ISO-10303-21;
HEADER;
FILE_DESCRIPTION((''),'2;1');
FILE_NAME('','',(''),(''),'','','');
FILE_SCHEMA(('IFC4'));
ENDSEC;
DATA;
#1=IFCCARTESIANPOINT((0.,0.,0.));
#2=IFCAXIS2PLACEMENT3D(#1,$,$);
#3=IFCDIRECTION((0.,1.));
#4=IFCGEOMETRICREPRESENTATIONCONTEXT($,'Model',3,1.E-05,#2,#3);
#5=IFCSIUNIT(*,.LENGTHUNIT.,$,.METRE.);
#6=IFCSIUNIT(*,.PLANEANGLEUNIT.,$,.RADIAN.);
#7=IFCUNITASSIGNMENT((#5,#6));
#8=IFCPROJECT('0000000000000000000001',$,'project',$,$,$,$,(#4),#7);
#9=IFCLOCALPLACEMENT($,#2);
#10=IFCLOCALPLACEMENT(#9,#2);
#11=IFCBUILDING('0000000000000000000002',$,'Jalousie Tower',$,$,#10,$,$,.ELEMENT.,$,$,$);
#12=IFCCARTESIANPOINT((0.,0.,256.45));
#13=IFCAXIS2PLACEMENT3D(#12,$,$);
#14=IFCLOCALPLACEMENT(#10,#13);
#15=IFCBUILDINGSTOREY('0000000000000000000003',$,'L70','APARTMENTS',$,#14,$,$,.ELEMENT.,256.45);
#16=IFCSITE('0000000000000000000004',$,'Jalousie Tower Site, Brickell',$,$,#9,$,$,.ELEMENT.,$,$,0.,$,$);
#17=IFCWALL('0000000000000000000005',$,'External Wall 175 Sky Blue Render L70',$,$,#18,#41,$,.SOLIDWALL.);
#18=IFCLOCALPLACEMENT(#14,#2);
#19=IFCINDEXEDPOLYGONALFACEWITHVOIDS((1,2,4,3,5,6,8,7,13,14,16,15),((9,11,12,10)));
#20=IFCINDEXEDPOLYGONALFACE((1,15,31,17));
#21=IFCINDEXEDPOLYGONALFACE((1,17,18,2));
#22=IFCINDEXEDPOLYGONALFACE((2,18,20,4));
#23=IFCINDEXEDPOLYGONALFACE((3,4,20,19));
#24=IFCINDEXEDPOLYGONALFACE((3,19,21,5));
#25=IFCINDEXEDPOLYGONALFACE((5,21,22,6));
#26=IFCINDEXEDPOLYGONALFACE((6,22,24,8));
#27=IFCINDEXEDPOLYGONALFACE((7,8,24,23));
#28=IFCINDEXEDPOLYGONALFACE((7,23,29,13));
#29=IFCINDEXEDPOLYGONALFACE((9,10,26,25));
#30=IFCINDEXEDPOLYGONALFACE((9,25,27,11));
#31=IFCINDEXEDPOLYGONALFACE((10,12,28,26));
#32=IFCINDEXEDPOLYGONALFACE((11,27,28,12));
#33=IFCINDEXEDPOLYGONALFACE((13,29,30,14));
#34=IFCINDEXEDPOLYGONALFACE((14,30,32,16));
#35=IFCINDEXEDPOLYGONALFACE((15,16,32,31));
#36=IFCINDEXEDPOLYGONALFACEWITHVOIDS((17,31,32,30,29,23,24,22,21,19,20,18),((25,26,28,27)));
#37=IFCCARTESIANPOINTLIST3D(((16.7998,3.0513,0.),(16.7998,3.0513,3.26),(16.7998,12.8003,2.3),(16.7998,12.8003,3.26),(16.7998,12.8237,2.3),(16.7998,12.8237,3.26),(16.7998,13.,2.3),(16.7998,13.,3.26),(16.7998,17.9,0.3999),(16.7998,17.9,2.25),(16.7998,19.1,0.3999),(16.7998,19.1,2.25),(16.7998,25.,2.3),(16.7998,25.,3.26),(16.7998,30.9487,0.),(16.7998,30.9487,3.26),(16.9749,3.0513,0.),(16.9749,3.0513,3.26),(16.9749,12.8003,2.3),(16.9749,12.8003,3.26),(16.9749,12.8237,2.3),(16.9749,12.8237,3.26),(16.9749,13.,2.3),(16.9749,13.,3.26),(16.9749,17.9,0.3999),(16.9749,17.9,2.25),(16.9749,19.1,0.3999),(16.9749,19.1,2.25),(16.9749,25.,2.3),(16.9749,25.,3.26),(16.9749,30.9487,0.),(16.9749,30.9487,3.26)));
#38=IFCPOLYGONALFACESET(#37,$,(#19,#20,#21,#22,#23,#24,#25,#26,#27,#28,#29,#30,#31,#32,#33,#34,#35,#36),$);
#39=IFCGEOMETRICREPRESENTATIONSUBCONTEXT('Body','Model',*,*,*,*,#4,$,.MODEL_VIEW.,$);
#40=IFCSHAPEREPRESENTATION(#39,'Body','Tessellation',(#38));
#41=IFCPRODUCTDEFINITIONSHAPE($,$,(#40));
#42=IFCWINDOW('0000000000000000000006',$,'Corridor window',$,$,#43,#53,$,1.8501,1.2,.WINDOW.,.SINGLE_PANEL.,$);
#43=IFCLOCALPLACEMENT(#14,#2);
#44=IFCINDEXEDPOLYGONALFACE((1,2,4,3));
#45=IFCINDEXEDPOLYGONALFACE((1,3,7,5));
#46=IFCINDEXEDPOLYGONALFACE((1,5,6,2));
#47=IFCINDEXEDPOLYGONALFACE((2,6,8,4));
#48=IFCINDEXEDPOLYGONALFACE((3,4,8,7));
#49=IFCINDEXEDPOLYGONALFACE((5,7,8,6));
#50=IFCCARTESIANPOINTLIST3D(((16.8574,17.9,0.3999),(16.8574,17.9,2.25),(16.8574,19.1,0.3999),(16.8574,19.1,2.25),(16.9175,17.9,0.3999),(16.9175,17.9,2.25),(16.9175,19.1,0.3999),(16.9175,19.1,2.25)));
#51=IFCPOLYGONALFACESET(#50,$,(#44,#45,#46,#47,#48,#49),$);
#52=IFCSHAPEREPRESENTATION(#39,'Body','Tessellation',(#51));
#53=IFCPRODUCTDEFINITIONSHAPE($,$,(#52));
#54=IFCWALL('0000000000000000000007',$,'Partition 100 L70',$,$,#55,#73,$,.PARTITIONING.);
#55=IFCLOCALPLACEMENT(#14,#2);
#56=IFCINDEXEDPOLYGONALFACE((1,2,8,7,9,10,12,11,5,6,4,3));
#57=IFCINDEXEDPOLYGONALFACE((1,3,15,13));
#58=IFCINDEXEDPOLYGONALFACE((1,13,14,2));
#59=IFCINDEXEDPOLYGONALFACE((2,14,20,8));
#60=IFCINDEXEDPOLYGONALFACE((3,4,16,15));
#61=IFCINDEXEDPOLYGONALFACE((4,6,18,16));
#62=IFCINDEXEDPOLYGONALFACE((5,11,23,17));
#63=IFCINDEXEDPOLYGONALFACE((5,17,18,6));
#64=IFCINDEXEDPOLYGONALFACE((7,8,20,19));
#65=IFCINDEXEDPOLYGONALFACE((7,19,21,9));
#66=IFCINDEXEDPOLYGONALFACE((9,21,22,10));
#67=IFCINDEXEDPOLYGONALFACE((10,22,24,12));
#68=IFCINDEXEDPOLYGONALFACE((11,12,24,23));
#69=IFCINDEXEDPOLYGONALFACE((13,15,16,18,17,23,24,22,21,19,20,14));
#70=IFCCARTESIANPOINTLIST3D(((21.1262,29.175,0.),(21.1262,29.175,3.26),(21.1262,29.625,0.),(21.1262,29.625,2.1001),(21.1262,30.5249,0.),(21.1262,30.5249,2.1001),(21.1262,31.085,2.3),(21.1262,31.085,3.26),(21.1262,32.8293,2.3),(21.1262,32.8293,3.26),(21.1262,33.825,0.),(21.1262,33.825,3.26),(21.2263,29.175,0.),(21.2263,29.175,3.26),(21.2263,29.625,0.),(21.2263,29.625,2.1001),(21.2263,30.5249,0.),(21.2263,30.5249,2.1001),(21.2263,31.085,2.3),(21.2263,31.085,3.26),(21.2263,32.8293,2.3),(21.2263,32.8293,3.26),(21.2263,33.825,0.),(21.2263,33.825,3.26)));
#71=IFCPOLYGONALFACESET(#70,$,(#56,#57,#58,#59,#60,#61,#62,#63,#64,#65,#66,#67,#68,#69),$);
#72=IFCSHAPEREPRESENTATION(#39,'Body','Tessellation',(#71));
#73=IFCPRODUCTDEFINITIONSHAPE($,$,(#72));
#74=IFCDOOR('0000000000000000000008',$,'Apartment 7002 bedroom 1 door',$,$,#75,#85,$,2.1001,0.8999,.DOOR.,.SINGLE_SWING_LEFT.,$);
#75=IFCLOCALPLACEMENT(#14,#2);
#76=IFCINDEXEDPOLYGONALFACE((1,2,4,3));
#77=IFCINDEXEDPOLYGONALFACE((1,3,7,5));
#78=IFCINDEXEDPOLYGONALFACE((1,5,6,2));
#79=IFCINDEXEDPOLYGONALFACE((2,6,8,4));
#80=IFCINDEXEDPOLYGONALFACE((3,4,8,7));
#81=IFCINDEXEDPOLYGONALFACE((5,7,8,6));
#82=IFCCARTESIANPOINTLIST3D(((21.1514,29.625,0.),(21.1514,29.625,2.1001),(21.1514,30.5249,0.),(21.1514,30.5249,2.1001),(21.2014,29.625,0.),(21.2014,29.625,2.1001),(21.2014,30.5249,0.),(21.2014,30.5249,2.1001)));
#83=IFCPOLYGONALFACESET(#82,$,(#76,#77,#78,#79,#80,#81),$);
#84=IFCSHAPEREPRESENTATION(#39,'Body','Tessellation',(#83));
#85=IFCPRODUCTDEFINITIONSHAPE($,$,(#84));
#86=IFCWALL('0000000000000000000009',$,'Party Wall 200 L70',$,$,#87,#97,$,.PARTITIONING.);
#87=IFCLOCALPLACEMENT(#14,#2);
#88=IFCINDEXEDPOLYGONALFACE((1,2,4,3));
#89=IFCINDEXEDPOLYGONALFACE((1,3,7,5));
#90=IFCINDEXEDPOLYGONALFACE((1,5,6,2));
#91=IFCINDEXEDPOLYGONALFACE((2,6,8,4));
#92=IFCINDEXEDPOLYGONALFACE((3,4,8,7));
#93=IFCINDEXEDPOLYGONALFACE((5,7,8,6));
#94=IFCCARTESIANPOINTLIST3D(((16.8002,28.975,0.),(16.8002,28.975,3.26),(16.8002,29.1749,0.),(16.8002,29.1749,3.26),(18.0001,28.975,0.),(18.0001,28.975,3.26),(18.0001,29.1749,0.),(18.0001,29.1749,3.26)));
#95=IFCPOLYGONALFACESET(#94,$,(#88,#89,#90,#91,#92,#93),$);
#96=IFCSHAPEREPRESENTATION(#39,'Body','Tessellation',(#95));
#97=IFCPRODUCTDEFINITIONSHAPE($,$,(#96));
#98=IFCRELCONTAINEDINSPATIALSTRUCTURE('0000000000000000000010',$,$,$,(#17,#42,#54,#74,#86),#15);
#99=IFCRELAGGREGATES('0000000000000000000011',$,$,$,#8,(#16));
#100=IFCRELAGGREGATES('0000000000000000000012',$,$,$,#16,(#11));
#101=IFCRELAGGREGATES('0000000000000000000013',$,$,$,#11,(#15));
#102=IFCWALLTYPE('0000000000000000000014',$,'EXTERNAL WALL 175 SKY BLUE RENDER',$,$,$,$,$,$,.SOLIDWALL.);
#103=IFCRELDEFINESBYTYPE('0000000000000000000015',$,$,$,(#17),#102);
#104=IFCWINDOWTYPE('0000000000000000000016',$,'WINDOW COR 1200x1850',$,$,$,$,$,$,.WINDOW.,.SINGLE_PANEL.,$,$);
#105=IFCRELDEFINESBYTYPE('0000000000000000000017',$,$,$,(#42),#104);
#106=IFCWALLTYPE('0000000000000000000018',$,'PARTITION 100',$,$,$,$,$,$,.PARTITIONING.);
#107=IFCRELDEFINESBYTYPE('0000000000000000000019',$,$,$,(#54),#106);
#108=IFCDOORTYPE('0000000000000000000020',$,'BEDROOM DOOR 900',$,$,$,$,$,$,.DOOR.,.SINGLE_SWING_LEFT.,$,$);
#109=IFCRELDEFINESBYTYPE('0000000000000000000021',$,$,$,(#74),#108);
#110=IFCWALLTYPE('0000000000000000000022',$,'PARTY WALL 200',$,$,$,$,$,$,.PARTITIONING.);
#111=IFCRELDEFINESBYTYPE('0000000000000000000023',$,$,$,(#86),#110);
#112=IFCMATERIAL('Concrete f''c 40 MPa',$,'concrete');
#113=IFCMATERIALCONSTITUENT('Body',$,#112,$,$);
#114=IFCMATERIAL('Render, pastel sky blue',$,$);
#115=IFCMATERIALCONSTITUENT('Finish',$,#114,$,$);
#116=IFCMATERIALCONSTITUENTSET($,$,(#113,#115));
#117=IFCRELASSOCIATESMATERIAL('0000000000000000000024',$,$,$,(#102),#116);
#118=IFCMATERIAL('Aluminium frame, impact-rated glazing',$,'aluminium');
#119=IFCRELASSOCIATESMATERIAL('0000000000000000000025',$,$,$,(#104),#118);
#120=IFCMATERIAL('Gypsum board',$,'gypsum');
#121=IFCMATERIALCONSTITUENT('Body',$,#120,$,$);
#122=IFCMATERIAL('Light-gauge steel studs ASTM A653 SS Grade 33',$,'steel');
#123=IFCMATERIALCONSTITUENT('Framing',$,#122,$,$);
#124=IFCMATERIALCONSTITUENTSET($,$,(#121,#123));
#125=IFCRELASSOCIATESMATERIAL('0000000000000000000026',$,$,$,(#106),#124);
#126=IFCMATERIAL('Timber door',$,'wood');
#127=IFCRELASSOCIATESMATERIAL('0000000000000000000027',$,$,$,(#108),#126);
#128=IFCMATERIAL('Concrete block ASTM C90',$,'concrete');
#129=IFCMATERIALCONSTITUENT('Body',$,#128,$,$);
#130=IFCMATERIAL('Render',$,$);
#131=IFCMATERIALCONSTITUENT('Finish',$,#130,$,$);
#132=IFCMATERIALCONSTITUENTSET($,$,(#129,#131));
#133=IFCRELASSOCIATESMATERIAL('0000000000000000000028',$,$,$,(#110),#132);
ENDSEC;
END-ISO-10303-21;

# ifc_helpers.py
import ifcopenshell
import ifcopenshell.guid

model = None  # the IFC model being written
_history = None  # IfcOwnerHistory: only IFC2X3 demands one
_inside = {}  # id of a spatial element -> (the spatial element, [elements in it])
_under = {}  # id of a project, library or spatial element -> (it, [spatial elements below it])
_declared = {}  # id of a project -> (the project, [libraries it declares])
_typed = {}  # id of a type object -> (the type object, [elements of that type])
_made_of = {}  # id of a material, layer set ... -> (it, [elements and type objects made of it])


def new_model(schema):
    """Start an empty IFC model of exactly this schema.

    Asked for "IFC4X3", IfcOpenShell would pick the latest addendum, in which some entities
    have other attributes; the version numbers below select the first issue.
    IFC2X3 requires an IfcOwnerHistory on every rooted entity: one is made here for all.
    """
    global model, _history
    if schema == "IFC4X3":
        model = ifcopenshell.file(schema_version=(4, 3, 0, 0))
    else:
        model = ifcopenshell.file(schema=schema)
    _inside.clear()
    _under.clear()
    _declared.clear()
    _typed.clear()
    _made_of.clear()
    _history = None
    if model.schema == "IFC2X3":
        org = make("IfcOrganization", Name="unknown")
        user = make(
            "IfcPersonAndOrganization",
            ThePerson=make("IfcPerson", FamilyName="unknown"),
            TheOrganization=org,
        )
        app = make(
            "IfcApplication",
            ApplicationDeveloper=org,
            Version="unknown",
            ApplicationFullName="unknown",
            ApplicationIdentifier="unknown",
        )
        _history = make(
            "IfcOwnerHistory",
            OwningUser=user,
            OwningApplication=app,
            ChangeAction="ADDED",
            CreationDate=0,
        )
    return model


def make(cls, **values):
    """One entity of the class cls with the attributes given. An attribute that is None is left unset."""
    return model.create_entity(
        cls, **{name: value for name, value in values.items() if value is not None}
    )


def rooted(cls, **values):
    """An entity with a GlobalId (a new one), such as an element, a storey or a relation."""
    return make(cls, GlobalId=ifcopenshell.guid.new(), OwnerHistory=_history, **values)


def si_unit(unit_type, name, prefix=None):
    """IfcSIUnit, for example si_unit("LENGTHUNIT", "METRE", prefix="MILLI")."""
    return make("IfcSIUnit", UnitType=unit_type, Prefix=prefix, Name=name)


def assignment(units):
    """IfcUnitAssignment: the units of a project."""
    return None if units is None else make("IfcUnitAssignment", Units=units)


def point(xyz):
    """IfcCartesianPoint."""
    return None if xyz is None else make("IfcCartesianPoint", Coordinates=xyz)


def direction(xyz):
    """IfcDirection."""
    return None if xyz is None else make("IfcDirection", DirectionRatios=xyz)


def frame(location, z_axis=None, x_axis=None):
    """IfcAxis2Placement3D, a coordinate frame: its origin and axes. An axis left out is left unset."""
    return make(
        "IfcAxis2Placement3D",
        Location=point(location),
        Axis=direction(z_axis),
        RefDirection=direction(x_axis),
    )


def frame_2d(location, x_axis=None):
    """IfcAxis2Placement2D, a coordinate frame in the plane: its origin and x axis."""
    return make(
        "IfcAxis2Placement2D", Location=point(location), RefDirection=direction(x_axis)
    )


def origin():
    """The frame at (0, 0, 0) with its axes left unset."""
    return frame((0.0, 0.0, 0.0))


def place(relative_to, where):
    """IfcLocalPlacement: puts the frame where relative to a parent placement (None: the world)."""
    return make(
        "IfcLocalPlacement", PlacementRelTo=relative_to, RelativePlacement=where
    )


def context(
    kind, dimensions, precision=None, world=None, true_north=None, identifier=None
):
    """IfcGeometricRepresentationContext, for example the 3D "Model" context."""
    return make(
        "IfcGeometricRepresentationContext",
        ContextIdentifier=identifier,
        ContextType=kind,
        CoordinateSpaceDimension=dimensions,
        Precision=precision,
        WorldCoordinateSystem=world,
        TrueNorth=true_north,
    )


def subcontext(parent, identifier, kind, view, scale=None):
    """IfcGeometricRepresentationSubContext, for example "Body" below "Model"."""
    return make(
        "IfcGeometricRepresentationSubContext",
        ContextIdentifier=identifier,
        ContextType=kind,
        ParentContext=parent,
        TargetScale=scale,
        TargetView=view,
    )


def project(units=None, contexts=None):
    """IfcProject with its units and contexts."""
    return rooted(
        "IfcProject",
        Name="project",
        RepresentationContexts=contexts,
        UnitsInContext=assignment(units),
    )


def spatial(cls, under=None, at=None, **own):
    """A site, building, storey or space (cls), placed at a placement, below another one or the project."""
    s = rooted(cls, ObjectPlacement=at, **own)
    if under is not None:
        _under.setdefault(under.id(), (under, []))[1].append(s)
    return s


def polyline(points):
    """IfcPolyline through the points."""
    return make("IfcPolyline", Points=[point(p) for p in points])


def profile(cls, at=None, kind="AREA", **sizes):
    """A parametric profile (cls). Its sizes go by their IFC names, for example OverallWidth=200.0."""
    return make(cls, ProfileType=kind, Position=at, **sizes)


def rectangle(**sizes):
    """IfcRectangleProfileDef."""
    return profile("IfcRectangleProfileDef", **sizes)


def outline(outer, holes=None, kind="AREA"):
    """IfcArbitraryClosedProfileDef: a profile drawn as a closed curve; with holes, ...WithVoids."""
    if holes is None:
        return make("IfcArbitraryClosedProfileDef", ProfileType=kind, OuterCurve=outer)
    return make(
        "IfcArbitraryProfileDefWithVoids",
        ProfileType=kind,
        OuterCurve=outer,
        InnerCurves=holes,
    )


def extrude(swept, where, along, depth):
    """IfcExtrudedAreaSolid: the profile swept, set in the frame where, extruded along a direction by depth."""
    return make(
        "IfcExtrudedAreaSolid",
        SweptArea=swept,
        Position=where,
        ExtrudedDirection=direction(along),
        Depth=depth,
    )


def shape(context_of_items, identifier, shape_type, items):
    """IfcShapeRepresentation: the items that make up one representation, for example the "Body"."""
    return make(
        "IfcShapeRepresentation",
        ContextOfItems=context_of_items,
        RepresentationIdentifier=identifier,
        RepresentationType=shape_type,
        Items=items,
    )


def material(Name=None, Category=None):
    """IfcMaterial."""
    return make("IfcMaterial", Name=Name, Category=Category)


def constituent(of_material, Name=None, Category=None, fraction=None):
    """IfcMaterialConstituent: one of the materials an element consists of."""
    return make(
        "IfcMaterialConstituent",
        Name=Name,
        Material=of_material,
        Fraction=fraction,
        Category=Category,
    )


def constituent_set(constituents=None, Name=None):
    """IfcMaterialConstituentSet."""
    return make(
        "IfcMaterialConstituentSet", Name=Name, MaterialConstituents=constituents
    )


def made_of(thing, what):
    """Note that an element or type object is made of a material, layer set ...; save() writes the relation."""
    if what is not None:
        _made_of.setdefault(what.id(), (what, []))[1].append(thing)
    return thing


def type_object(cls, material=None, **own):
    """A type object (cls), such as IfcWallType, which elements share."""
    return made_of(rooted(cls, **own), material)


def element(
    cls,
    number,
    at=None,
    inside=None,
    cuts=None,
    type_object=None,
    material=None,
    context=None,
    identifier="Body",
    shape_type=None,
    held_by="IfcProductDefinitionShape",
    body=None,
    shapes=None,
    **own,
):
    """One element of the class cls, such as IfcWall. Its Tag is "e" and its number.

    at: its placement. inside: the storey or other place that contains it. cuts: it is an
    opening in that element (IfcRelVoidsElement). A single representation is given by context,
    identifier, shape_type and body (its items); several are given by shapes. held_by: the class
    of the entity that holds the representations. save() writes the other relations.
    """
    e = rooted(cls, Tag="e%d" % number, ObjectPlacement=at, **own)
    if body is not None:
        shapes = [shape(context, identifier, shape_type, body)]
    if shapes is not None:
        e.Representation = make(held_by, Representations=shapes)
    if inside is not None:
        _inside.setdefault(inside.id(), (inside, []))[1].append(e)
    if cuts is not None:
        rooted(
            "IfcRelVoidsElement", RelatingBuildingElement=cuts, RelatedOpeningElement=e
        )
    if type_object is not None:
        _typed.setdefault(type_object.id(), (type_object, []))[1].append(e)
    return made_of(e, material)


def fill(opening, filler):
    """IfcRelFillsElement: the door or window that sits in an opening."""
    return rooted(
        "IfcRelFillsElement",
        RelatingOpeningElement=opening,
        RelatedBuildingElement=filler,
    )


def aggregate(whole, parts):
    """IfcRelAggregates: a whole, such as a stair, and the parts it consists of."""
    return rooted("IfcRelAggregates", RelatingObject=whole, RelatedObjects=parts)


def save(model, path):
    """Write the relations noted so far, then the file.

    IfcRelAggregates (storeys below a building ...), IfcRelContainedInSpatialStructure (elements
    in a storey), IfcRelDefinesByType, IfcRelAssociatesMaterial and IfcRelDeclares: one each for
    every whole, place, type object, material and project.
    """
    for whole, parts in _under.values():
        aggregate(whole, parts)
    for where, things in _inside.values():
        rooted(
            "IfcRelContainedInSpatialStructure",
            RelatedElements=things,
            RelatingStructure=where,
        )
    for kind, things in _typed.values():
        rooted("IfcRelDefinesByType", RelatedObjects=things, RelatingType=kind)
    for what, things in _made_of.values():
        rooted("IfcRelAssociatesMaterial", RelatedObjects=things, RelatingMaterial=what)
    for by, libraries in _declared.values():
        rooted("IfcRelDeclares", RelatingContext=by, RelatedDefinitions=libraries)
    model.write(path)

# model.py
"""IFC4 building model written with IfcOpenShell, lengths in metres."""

from ifc_helpers import new_model, si_unit, direction, frame, frame_2d, origin, place, context, subcontext, project, spatial, polyline, rectangle, outline, extrude, material, constituent, constituent_set, type_object, element, fill, save


model = new_model("IFC4")

# Units and contexts
model_context = context("Model", 3, precision=1e-05, world=origin(), true_north=direction((0.0, 1.0)))
body_context = subcontext(model_context, "Body", "Model", "MODEL_VIEW")
ifc_project = project(units=[si_unit("LENGTHUNIT", "METRE"), si_unit("PLANEANGLEUNIT", "RADIAN")], contexts=[model_context])

# Site, building, storey
site_placement = place(None, origin())
site = spatial("IfcSite", under=ifc_project, at=site_placement, Name="Jalousie Tower Site, Brickell", CompositionType="ELEMENT", RefElevation=0.0)
building_placement = place(site_placement, origin())
building = spatial("IfcBuilding", under=site, at=building_placement, Name="Jalousie Tower", CompositionType="ELEMENT")
storey_placement = place(building_placement, frame((0.0, 0.0, 256.45)))
storey = spatial("IfcBuildingStorey", under=building, at=storey_placement, Name="L70", Description="APARTMENTS", CompositionType="ELEMENT", Elevation=256.45)

# Wall, opening, window
ifc_material_1 = material(Name="Concrete f'c 40 MPa", Category="concrete")
ifc_constituent_1 = constituent(ifc_material_1, Name="Body")
ifc_material_2 = material(Name="Render, pastel sky blue")
ifc_constituent_2 = constituent(ifc_material_2, Name="Finish")
ifc_constituent_set_1 = constituent_set(constituents=[ifc_constituent_1, ifc_constituent_2])
wall_type_1 = type_object("IfcWallType", Name="EXTERNAL WALL 175 SKY BLUE RENDER", PredefinedType="SOLIDWALL", material=ifc_constituent_set_1)
wall_1_placement = place(storey_placement, frame((16.8875, 30.9487, 0.0), z_axis=(0.0, 0.0, 1.0), x_axis=(0.0, -1.0, 0.0)))
wall_1 = element("IfcWall", 1, at=wall_1_placement, inside=storey, type_object=wall_type_1, Name="External Wall 175 Sky Blue Render L70", PredefinedType="SOLIDWALL", context=body_context, shape_type="SweptSolid", body=[
    extrude(outline(polyline([(0.0, 0.0), (27.8975, 0.0), (27.8975, 3.26), (18.1484, 3.26), (18.1484, 2.3), (18.125, 2.3), (18.125, 3.26), (17.9487, 3.26), (17.9487, 2.3), (5.9487, 2.3), (5.9487, 3.26), (0.0, 3.26), (0.0, 0.0)])), frame((0.0, 0.0874, 0.0), z_axis=(0.0, -1.0, 0.0), x_axis=(1.0, 0.0, 0.0)), (0.0, 0.0, 1.0), 0.175),
])
opening_1_placement = place(wall_1_placement, frame((11.8486, 0.0, 0.3999)))
opening_1 = element("IfcOpeningElement", 2, at=opening_1_placement, cuts=wall_1, PredefinedType="OPENING", context=body_context, shape_type="SweptSolid", body=[
    extrude(rectangle(XDim=1.2, YDim=1.8501, at=frame_2d((0.6001, 0.925))), frame((0.0, 0.0974, 0.0), z_axis=(0.0, -1.0, 0.0), x_axis=(1.0, 0.0, 0.0)), (0.0, 0.0, 1.0), 0.1951),
])
ifc_material_3 = material(Name="Aluminium frame, impact-rated glazing", Category="aluminium")
window_type = type_object("IfcWindowType", Name="WINDOW COR 1200x1850", PartitioningType="SINGLE_PANEL", PredefinedType="WINDOW", material=ifc_material_3)
window_placement = place(opening_1_placement, origin())
window = element("IfcWindow", 3, at=window_placement, inside=storey, type_object=window_type, Name="Corridor window", OverallHeight=1.8501, OverallWidth=1.2, PartitioningType="SINGLE_PANEL", PredefinedType="WINDOW", context=body_context, shape_type="SweptSolid", body=[
    extrude(rectangle(XDim=1.2, YDim=1.8501, at=frame_2d((0.6001, 0.925))), frame((0.0, 0.03, 0.0), z_axis=(0.0, -1.0, 0.0), x_axis=(1.0, 0.0, 0.0)), (0.0, 0.0, 1.0), 0.0601),
])
fill(opening_1, window)

# Wall, opening, door
ifc_material_4 = material(Name="Gypsum board", Category="gypsum")
ifc_constituent_3 = constituent(ifc_material_4, Name="Body")
ifc_material_5 = material(Name="Light-gauge steel studs ASTM A653 SS Grade 33", Category="steel")
ifc_constituent_4 = constituent(ifc_material_5, Name="Framing")
ifc_constituent_set_2 = constituent_set(constituents=[ifc_constituent_3, ifc_constituent_4])
wall_type_2 = type_object("IfcWallType", Name="PARTITION 100", PredefinedType="PARTITIONING", material=ifc_constituent_set_2)
wall_2_placement = place(storey_placement, frame((21.1763, 33.825, 0.0), z_axis=(0.0, 0.0, 1.0), x_axis=(0.0, -1.0, 0.0)))
wall_2 = element("IfcWall", 4, at=wall_2_placement, inside=storey, type_object=wall_type_2, Name="Partition 100 L70", PredefinedType="PARTITIONING", context=body_context, shape_type="SweptSolid", body=[
    extrude(outline(polyline([(0.0, 0.0), (4.6499, 0.0), (4.6499, 3.26), (2.74, 3.26), (2.74, 2.3), (0.9956, 2.3), (0.9956, 3.26), (0.0, 3.26), (0.0, 0.0)])), frame((0.0, 0.05, 0.0), z_axis=(0.0, -1.0, 0.0), x_axis=(1.0, 0.0, 0.0)), (0.0, 0.0, 1.0), 0.1001),
])
opening_2_placement = place(wall_2_placement, frame((3.3, 0.0, 0.0)))
opening_2 = element("IfcOpeningElement", 5, at=opening_2_placement, cuts=wall_2, PredefinedType="OPENING", context=body_context, shape_type="SweptSolid", body=[
    extrude(rectangle(XDim=0.8999, YDim=2.1001, at=frame_2d((0.45, 1.05))), frame((0.0, 0.0601, 0.0), z_axis=(0.0, -1.0, 0.0), x_axis=(1.0, 0.0, 0.0)), (0.0, 0.0, 1.0), 0.1201),
])
ifc_material_6 = material(Name="Timber door", Category="wood")
door_type_1 = type_object("IfcDoorType", Name="BEDROOM DOOR 900", OperationType="SINGLE_SWING_LEFT", PredefinedType="DOOR", material=ifc_material_6)
door_1_placement = place(opening_2_placement, frame((0.8999, 0.0, 0.0), z_axis=(0.0, 0.0, 1.0), x_axis=(-1.0, 0.0, 0.0)))
door_1 = element("IfcDoor", 6, at=door_1_placement, inside=storey, type_object=door_type_1, Name="Apartment 7002 bedroom 1 door", OperationType="SINGLE_SWING_LEFT", OverallHeight=2.1001, OverallWidth=0.8999, PredefinedType="DOOR", context=body_context, shape_type="SweptSolid", body=[
    extrude(rectangle(XDim=0.8999, YDim=2.1001, at=frame_2d((0.45, 1.05))), frame((0.0, 0.0249, 0.0), z_axis=(0.0, -1.0, 0.0), x_axis=(1.0, 0.0, 0.0)), (0.0, 0.0, 1.0), 0.05),
])
fill(opening_2, door_1)

# Wall
ifc_material_7 = material(Name="Concrete block ASTM C90", Category="concrete")
ifc_constituent_5 = constituent(ifc_material_7, Name="Body")
ifc_material_8 = material(Name="Render")
ifc_constituent_6 = constituent(ifc_material_8, Name="Finish")
ifc_constituent_set_3 = constituent_set(constituents=[ifc_constituent_5, ifc_constituent_6])
wall_type_3 = type_object("IfcWallType", Name="PARTY WALL 200", PredefinedType="PARTITIONING", material=ifc_constituent_set_3)
wall_3_placement = place(storey_placement, frame((16.8, 29.075, 0.0), z_axis=(0.0, 0.0, 1.0), x_axis=(1.0, 0.0, 0.0)))
element("IfcWall", 7, at=wall_3_placement, inside=storey, type_object=wall_type_3, Name="Party Wall 200 L70", PredefinedType="PARTITIONING", context=body_context, shape_type="SweptSolid", body=[
    extrude(rectangle(XDim=1.2, YDim=0.2, at=frame_2d((0.6001, 0.0))), origin(), (0.0, 0.0, 1.0), 3.26),
])

save(model, "model.ifc")
